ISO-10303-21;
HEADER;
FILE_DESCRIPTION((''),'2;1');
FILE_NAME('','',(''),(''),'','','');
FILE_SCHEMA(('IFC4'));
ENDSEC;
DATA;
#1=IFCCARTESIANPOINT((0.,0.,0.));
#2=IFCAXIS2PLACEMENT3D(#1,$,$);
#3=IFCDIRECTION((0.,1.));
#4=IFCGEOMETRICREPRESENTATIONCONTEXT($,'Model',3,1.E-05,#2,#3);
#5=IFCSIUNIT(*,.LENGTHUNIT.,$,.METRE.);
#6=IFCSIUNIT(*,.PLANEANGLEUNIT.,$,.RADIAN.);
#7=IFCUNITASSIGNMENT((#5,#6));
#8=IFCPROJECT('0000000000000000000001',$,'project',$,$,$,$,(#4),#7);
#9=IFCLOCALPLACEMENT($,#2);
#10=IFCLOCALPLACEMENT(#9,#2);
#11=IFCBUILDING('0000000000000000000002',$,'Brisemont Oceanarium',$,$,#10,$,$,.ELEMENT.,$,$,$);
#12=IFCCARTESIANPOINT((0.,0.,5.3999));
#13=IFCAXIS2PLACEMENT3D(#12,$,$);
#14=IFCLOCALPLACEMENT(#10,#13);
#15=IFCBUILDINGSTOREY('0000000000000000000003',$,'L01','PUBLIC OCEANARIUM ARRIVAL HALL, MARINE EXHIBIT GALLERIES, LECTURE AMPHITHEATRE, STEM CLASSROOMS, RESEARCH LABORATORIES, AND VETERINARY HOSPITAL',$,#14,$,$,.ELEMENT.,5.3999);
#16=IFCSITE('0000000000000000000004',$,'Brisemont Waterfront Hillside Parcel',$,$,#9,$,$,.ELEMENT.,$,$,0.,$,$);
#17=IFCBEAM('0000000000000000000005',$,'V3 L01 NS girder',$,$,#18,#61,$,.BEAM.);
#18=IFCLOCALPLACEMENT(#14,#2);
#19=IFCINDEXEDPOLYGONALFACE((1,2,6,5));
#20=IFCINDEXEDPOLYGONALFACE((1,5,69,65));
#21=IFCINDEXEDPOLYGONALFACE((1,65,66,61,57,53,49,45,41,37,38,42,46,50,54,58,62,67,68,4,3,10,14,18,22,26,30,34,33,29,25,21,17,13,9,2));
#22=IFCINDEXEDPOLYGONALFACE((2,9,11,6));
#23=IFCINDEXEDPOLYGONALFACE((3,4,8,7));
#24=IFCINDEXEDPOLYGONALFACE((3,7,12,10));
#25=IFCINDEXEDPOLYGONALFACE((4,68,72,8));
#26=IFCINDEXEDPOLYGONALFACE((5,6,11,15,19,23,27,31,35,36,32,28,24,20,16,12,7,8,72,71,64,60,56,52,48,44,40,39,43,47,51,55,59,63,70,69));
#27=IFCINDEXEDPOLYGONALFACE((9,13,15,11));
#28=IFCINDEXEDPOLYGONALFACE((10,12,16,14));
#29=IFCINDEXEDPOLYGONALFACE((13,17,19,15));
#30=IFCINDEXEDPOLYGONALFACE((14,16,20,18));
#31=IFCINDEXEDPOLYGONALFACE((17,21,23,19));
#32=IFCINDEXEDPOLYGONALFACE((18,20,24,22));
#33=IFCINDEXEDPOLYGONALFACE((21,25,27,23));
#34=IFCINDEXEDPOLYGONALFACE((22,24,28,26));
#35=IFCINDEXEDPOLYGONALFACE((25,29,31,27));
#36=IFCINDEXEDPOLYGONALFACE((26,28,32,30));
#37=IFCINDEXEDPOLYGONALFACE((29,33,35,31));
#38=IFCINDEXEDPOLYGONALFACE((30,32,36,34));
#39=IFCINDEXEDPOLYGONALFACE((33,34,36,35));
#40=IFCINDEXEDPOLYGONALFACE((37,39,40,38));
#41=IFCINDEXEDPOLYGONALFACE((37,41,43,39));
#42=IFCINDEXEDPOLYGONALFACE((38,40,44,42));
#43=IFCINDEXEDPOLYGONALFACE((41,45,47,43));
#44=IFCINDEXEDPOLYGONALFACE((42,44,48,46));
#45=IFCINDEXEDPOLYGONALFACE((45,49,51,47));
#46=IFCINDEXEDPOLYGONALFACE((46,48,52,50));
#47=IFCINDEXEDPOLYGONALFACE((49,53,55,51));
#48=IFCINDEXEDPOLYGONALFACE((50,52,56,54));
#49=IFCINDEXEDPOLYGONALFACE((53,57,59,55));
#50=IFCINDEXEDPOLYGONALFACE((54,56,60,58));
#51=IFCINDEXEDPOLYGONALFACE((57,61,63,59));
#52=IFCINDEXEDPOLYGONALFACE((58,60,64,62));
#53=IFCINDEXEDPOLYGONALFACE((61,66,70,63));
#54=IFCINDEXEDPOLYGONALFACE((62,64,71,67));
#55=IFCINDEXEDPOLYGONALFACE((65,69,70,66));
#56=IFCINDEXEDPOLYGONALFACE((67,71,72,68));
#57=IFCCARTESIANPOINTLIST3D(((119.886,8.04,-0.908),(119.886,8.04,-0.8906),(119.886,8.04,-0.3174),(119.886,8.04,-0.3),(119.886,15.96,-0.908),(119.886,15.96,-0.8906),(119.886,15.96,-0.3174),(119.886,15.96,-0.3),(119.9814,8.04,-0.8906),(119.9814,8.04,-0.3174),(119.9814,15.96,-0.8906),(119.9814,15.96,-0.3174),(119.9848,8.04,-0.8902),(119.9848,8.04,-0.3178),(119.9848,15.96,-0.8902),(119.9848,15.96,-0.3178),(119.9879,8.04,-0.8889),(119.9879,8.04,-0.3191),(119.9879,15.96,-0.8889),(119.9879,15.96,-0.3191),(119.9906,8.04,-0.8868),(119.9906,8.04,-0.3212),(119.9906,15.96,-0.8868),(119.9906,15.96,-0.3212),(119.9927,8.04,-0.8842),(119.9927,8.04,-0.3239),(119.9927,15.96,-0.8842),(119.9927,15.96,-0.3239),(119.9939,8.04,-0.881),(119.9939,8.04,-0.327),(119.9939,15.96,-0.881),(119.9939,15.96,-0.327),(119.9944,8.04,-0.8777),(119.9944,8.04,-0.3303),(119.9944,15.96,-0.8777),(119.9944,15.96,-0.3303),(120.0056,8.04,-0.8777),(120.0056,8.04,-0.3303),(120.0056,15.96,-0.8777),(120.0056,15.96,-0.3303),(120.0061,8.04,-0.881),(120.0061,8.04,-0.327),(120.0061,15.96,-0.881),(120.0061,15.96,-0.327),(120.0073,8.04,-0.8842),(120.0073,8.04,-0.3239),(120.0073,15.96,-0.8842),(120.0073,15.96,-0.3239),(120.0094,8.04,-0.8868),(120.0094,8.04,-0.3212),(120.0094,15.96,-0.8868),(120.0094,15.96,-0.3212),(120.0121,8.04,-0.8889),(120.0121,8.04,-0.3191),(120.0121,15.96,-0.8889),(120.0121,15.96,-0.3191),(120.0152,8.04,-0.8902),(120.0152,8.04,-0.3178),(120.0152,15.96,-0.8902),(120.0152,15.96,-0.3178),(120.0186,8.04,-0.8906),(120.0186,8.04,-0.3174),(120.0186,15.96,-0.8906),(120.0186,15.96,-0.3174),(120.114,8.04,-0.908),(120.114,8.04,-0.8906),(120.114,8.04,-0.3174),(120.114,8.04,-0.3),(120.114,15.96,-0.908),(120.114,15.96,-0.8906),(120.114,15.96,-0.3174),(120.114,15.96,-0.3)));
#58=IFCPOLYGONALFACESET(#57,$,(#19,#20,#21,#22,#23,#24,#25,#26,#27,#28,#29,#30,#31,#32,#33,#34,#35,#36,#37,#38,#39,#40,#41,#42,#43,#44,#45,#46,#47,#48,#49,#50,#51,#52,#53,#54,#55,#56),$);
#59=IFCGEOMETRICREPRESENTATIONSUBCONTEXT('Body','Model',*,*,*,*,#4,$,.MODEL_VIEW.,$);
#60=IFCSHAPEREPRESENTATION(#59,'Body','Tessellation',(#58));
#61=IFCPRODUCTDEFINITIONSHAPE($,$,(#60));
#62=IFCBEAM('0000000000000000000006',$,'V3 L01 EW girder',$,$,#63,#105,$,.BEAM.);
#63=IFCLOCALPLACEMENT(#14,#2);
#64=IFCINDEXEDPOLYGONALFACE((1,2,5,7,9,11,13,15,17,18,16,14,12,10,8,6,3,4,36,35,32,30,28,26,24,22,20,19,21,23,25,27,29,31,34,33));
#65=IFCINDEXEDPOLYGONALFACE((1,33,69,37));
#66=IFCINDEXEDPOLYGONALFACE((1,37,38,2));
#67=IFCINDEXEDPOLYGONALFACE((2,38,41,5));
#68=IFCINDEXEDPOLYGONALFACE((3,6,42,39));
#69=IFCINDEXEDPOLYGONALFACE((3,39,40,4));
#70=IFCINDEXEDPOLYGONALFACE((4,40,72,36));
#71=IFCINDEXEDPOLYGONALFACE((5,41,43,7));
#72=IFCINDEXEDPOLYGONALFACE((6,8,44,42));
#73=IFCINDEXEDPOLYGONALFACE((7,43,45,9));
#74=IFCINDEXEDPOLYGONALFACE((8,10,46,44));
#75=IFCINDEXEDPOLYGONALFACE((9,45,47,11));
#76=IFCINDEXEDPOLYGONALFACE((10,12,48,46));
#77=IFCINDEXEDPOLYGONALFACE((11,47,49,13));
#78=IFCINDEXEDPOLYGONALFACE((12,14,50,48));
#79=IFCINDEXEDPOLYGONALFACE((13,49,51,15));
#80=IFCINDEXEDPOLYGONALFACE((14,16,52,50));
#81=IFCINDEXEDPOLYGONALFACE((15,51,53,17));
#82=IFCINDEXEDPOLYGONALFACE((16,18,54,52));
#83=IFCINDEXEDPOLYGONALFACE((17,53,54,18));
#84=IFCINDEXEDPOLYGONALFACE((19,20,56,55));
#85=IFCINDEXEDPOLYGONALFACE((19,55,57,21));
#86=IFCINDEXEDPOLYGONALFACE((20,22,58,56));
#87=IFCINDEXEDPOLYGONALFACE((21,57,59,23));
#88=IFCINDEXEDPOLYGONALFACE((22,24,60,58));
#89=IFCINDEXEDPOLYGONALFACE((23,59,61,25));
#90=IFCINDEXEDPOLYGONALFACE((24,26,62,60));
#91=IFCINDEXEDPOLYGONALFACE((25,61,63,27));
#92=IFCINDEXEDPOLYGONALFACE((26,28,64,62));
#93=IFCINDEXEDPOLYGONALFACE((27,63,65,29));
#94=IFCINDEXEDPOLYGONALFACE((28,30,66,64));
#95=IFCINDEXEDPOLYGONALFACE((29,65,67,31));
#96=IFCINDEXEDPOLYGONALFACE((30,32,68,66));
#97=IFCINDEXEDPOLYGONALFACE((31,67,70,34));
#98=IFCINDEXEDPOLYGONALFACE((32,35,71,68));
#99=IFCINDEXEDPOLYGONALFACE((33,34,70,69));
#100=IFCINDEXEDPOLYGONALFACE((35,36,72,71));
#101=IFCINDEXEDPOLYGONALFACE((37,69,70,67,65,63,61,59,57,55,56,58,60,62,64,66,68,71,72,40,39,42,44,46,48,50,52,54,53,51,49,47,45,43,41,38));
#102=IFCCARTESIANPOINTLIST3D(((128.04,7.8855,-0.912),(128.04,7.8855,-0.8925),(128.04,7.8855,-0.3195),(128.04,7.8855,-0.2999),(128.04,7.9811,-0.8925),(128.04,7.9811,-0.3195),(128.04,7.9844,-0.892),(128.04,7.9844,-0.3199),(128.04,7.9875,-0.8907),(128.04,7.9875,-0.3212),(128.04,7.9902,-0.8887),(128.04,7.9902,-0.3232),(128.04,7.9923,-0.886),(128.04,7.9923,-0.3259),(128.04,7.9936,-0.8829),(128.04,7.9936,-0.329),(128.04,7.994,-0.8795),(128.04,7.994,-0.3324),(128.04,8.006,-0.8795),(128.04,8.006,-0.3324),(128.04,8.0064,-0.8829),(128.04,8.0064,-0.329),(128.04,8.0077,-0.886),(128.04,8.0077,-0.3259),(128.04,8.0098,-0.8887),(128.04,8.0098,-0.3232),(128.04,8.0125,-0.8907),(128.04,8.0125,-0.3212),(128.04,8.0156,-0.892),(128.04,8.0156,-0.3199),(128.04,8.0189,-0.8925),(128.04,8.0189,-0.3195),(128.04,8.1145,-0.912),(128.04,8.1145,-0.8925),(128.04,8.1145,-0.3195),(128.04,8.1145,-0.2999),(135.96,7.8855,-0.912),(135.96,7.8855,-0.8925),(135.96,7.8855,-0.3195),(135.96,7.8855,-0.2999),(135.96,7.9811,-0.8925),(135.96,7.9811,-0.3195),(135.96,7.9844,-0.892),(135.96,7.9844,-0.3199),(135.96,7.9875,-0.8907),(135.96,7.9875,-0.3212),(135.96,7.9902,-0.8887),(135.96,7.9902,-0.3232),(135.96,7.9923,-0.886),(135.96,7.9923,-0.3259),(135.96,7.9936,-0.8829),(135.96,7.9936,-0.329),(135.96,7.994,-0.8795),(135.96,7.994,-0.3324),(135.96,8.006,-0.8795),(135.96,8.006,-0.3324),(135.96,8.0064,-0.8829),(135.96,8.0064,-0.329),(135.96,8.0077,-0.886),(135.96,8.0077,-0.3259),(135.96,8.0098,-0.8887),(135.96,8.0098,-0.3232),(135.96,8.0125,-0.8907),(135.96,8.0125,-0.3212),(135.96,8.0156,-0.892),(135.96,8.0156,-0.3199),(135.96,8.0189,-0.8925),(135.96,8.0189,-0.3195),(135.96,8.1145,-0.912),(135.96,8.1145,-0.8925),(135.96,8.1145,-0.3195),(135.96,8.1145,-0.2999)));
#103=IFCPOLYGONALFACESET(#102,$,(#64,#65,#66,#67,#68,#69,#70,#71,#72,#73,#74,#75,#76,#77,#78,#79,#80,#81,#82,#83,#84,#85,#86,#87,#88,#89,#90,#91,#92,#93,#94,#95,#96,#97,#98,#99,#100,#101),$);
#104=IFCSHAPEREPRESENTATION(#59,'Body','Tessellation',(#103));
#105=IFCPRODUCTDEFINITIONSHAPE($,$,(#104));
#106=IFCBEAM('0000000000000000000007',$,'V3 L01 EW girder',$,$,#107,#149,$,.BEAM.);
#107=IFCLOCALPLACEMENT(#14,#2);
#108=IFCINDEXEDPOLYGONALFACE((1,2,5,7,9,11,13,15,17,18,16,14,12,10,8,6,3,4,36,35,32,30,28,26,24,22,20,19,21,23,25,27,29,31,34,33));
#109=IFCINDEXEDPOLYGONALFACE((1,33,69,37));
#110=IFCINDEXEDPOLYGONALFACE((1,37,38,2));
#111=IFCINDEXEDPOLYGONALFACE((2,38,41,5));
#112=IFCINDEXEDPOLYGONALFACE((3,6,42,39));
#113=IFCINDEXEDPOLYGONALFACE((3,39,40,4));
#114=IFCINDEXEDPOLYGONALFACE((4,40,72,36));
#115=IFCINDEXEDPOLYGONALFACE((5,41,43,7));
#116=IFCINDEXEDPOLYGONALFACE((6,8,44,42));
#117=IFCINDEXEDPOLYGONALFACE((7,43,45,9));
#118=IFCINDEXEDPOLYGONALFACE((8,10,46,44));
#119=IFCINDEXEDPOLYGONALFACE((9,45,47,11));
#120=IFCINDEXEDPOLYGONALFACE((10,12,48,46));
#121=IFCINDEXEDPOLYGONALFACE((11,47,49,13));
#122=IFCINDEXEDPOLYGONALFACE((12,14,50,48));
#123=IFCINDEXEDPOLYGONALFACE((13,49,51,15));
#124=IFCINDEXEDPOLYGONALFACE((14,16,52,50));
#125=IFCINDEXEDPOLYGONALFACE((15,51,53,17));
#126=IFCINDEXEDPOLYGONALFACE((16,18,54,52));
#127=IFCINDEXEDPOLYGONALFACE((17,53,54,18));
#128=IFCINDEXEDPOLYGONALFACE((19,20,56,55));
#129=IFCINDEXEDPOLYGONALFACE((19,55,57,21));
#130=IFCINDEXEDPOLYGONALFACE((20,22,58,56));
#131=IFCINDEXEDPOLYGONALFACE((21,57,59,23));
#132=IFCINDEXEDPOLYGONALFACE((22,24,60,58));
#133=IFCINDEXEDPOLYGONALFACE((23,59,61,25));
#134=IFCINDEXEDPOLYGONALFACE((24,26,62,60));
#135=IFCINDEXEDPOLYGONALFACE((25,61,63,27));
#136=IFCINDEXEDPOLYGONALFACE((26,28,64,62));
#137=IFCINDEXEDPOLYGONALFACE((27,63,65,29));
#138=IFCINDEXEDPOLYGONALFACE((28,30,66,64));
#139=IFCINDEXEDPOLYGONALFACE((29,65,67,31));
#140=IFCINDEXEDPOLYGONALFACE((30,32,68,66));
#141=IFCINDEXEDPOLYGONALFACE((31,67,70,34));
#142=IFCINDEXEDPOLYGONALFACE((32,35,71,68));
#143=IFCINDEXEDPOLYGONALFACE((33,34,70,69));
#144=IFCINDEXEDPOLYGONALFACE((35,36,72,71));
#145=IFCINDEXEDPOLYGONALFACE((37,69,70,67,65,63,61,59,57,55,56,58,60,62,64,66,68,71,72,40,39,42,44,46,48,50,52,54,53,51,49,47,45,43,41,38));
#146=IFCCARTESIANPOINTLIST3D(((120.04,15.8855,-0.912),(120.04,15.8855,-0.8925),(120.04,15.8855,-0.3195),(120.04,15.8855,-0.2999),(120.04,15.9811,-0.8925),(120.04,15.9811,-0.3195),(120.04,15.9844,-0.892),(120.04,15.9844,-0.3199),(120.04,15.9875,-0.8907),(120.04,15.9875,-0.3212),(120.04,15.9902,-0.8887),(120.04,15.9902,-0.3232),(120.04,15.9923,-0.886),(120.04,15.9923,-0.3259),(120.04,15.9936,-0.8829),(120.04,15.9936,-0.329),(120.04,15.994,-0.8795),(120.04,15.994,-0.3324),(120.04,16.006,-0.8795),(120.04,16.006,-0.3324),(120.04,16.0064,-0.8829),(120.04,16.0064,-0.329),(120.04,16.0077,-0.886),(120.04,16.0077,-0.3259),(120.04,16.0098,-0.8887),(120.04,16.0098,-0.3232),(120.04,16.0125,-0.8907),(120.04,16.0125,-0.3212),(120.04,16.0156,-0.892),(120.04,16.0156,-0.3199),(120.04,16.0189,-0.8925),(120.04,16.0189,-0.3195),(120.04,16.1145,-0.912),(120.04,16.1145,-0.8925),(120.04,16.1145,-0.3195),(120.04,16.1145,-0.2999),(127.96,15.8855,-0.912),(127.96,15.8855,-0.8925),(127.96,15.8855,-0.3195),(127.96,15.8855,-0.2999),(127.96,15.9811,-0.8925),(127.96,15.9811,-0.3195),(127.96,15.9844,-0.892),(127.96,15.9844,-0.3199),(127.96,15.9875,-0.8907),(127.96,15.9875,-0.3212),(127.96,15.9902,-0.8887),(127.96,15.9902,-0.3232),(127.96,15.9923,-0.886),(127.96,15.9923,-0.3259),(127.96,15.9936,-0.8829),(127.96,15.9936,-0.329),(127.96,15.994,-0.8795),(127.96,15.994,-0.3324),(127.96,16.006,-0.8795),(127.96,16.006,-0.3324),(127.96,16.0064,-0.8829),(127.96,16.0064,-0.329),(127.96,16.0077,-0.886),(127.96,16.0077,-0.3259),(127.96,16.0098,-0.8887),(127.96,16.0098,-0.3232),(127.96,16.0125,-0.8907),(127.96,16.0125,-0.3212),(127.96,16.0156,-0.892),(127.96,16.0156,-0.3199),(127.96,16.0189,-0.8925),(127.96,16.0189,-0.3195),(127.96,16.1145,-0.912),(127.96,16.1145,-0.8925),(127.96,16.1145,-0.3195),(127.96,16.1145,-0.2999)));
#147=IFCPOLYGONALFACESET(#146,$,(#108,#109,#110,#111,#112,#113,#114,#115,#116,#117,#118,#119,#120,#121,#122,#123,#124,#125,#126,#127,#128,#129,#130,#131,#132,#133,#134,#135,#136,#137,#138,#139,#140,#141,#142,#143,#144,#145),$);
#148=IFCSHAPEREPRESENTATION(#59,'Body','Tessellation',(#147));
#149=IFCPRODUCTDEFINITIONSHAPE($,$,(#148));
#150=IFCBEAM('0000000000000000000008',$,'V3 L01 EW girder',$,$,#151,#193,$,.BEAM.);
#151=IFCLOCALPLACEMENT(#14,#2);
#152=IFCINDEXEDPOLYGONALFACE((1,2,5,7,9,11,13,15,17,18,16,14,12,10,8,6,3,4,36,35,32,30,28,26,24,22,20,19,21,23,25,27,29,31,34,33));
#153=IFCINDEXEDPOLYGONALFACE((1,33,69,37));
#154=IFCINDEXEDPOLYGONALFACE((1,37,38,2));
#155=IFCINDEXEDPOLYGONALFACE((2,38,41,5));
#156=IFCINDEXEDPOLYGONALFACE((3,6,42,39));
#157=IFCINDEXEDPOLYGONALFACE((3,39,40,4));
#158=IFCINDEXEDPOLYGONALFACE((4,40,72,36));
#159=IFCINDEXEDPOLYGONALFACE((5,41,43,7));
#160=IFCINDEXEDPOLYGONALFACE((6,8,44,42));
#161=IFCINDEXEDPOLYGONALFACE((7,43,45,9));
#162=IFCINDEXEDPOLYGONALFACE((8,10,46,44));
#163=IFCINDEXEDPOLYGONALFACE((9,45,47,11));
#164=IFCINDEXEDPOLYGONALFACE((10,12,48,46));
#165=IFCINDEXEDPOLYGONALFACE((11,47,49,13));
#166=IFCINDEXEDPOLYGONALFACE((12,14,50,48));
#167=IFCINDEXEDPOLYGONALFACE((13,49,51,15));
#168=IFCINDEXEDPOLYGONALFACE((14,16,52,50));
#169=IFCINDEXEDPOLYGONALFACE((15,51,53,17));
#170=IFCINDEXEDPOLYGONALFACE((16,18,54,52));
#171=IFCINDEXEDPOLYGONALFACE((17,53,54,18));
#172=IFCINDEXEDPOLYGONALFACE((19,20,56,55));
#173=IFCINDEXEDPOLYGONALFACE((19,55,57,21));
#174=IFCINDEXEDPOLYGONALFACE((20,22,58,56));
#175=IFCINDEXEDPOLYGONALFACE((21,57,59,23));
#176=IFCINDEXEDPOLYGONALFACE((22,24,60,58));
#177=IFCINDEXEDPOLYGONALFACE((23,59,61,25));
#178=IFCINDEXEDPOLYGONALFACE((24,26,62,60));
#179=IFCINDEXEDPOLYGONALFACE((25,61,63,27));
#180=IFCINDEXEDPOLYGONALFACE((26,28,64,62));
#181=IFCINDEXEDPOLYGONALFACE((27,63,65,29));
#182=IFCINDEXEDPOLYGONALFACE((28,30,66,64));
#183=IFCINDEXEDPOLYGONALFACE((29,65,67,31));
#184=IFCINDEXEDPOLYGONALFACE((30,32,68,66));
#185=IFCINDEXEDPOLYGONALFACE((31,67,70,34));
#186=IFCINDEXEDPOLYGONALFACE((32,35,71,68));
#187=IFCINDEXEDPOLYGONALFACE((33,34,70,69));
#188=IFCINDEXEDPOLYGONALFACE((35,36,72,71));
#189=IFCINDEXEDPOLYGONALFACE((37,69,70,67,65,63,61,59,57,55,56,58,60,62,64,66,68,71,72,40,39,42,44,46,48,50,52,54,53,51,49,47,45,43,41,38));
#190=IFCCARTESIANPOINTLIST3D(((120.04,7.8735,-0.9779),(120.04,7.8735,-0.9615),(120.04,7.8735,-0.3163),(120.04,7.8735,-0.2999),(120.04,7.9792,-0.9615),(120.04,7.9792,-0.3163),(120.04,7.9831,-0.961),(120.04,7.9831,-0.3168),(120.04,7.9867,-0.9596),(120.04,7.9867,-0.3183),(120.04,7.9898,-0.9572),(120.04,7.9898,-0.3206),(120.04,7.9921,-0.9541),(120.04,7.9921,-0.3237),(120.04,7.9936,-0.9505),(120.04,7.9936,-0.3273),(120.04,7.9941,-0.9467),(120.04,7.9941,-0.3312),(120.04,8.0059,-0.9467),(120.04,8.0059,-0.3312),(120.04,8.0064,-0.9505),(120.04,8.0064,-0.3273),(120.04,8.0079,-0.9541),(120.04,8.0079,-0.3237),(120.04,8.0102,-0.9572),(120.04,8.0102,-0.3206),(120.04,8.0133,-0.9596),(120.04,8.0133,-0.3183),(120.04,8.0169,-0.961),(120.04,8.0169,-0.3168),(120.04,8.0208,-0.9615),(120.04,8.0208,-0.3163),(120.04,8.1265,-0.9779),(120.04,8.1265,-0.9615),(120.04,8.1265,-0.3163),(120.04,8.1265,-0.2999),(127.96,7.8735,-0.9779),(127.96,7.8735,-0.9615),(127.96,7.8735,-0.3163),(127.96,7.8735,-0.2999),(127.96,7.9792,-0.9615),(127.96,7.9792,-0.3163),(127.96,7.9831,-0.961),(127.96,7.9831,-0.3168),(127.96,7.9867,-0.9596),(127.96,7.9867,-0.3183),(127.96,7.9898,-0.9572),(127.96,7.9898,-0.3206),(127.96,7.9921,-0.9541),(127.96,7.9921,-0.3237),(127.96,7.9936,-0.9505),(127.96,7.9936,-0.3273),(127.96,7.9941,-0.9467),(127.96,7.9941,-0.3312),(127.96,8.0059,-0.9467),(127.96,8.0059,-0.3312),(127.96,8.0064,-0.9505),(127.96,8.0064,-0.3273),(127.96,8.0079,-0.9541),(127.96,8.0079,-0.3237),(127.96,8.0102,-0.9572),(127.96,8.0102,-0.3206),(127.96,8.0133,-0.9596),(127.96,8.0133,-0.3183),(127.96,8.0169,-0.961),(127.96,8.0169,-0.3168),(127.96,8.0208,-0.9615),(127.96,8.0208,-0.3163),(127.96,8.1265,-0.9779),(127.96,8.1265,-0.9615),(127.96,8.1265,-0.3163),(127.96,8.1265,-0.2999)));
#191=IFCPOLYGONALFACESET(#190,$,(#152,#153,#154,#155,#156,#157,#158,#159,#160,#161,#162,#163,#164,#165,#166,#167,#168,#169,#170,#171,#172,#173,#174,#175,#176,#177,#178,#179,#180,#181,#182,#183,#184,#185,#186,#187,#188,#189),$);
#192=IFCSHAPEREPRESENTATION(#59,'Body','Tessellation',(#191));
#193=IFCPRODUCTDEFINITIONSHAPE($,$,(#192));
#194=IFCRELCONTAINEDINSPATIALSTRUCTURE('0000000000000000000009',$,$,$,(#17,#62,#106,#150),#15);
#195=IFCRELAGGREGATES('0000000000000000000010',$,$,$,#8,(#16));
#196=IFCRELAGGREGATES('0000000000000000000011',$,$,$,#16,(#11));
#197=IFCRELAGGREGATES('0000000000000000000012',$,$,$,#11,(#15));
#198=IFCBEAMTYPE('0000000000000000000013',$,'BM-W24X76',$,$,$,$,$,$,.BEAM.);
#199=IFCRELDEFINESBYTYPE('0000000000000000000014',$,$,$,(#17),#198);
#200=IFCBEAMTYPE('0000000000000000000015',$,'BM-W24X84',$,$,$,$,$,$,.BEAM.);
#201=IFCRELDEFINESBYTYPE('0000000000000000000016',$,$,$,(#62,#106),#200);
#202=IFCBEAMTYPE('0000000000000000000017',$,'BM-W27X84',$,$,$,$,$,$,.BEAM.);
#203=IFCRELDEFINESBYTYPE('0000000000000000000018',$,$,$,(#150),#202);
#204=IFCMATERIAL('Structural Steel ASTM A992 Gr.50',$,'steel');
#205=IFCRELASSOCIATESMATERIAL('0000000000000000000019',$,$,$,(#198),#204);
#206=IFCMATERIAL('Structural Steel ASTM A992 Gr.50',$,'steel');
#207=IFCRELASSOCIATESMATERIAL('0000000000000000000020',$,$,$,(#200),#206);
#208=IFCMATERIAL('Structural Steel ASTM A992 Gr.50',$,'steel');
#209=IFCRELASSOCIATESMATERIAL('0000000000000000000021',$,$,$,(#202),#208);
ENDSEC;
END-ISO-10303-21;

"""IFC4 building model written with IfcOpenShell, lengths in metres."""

from ifc_helpers import new_model, si_unit, direction, frame, origin, origin_2d, place, context, subcontext, project, spatial, i_section, extrude, material, material_profile, profile_set, type_object, element, save


model = new_model("IFC4")

# Units and contexts
model_context = context("Model", 3, precision=1e-05, world=origin(), true_north=direction((0.0, 1.0)))
body_context = subcontext(model_context, "Body", "Model", "MODEL_VIEW")
ifc_project = project(units=[si_unit("LENGTHUNIT", "METRE"), si_unit("PLANEANGLEUNIT", "RADIAN")], contexts=[model_context])

# Site, building, storey
site_placement = place(None, origin())
site = spatial("IfcSite", under=ifc_project, at=site_placement, Name="Brisemont Waterfront Hillside Parcel", CompositionType="ELEMENT", RefElevation=0.0)
building_placement = place(site_placement, origin())
building = spatial("IfcBuilding", under=site, at=building_placement, Name="Brisemont Oceanarium", CompositionType="ELEMENT")
storey_placement = place(building_placement, frame((0.0, 0.0, 5.3999)))
storey = spatial("IfcBuildingStorey", under=building, at=storey_placement, Name="L01", Description="PUBLIC OCEANARIUM ARRIVAL HALL, MARINE EXHIBIT GALLERIES, LECTURE AMPHITHEATRE, STEM CLASSROOMS, RESEARCH LABORATORIES, AND VETERINARY HOSPITAL", CompositionType="ELEMENT", Elevation=5.3999)

# Beams
ifc_material_1 = material(Name="Structural Steel ASTM A992 Gr.50", Category="steel")
ifc_material_profile_1 = material_profile(ifc_material_1, i_section(OverallWidth=0.228, OverallDepth=0.6079, WebThickness=0.0112, FlangeThickness=0.0173, FilletRadius=0.0129, at=origin_2d()), Name="W24X76")
ifc_profile_set_1 = profile_set([ifc_material_profile_1], Name="Structural Steel ASTM A992 Gr.50")
beam_type_1 = type_object("IfcBeamType", Name="BM-W24X76", PredefinedType="BEAM", material=ifc_profile_set_1)
for number, where, z_axis, x_axis, name in (
    (1, (120.0, 8.04, -0.604), (0.0, 1.0, 0.0), (-1.0, 0.0, 0.0), "V3 L01 NS girder"),
):
    element("IfcBeam", number, at=place(storey_placement, frame(where, z_axis=z_axis, x_axis=x_axis)), inside=storey, type_object=beam_type_1, Name=name, PredefinedType="BEAM", context=body_context, shape_type="SweptSolid", body=[
        extrude(i_section(OverallWidth=0.228, OverallDepth=0.6079, WebThickness=0.0112, FlangeThickness=0.0173, FilletRadius=0.0129, at=origin_2d()), origin(), (0.0, 0.0, 1.0), 7.9199),
    ])
ifc_material_2 = material(Name="Structural Steel ASTM A992 Gr.50", Category="steel")
ifc_material_profile_2 = material_profile(ifc_material_2, i_section(OverallWidth=0.229, OverallDepth=0.6121, WebThickness=0.012, FlangeThickness=0.0195, FilletRadius=0.0129, at=origin_2d()), Name="W24X84")
ifc_profile_set_2 = profile_set([ifc_material_profile_2], Name="Structural Steel ASTM A992 Gr.50")
beam_type_2 = type_object("IfcBeamType", Name="BM-W24X84", PredefinedType="BEAM", material=ifc_profile_set_2)
for number, where, z_axis, x_axis, name in (
    (2, (128.04, 8.0, -0.606), (1.0, 0.0, 0.0), (0.0, 1.0, 0.0), "V3 L01 EW girder"),
    (3, (120.04, 16.0, -0.606), (1.0, 0.0, 0.0), (0.0, 1.0, 0.0), "V3 L01 EW girder"),
):
    element("IfcBeam", number, at=place(storey_placement, frame(where, z_axis=z_axis, x_axis=x_axis)), inside=storey, type_object=beam_type_2, Name=name, PredefinedType="BEAM", context=body_context, shape_type="SweptSolid", body=[
        extrude(i_section(OverallWidth=0.229, OverallDepth=0.6121, WebThickness=0.012, FlangeThickness=0.0195, FilletRadius=0.0129, at=origin_2d()), origin(), (0.0, 0.0, 1.0), 7.9199),
    ])
ifc_material_3 = material(Name="Structural Steel ASTM A992 Gr.50", Category="steel")
ifc_material_profile_3 = material_profile(ifc_material_3, i_section(OverallWidth=0.2529, OverallDepth=0.678, WebThickness=0.0117, FlangeThickness=0.0164, FilletRadius=0.0149, at=origin_2d()), Name="W27X84")
ifc_profile_set_3 = profile_set([ifc_material_profile_3], Name="Structural Steel ASTM A992 Gr.50")
beam_type_3 = type_object("IfcBeamType", Name="BM-W27X84", PredefinedType="BEAM", material=ifc_profile_set_3)
beam_1_placement = place(storey_placement, frame((120.04, 8.0, -0.6389), z_axis=(1.0, 0.0, 0.0), x_axis=(0.0, 1.0, 0.0)))
element("IfcBeam", 4, at=beam_1_placement, inside=storey, type_object=beam_type_3, Name="V3 L01 EW girder", PredefinedType="BEAM", context=body_context, shape_type="SweptSolid", body=[
    extrude(i_section(OverallWidth=0.2529, OverallDepth=0.678, WebThickness=0.0117, FlangeThickness=0.0164, FilletRadius=0.0149, at=origin_2d()), origin(), (0.0, 0.0, 1.0), 7.9199),
])

save(model, "model.ifc")
